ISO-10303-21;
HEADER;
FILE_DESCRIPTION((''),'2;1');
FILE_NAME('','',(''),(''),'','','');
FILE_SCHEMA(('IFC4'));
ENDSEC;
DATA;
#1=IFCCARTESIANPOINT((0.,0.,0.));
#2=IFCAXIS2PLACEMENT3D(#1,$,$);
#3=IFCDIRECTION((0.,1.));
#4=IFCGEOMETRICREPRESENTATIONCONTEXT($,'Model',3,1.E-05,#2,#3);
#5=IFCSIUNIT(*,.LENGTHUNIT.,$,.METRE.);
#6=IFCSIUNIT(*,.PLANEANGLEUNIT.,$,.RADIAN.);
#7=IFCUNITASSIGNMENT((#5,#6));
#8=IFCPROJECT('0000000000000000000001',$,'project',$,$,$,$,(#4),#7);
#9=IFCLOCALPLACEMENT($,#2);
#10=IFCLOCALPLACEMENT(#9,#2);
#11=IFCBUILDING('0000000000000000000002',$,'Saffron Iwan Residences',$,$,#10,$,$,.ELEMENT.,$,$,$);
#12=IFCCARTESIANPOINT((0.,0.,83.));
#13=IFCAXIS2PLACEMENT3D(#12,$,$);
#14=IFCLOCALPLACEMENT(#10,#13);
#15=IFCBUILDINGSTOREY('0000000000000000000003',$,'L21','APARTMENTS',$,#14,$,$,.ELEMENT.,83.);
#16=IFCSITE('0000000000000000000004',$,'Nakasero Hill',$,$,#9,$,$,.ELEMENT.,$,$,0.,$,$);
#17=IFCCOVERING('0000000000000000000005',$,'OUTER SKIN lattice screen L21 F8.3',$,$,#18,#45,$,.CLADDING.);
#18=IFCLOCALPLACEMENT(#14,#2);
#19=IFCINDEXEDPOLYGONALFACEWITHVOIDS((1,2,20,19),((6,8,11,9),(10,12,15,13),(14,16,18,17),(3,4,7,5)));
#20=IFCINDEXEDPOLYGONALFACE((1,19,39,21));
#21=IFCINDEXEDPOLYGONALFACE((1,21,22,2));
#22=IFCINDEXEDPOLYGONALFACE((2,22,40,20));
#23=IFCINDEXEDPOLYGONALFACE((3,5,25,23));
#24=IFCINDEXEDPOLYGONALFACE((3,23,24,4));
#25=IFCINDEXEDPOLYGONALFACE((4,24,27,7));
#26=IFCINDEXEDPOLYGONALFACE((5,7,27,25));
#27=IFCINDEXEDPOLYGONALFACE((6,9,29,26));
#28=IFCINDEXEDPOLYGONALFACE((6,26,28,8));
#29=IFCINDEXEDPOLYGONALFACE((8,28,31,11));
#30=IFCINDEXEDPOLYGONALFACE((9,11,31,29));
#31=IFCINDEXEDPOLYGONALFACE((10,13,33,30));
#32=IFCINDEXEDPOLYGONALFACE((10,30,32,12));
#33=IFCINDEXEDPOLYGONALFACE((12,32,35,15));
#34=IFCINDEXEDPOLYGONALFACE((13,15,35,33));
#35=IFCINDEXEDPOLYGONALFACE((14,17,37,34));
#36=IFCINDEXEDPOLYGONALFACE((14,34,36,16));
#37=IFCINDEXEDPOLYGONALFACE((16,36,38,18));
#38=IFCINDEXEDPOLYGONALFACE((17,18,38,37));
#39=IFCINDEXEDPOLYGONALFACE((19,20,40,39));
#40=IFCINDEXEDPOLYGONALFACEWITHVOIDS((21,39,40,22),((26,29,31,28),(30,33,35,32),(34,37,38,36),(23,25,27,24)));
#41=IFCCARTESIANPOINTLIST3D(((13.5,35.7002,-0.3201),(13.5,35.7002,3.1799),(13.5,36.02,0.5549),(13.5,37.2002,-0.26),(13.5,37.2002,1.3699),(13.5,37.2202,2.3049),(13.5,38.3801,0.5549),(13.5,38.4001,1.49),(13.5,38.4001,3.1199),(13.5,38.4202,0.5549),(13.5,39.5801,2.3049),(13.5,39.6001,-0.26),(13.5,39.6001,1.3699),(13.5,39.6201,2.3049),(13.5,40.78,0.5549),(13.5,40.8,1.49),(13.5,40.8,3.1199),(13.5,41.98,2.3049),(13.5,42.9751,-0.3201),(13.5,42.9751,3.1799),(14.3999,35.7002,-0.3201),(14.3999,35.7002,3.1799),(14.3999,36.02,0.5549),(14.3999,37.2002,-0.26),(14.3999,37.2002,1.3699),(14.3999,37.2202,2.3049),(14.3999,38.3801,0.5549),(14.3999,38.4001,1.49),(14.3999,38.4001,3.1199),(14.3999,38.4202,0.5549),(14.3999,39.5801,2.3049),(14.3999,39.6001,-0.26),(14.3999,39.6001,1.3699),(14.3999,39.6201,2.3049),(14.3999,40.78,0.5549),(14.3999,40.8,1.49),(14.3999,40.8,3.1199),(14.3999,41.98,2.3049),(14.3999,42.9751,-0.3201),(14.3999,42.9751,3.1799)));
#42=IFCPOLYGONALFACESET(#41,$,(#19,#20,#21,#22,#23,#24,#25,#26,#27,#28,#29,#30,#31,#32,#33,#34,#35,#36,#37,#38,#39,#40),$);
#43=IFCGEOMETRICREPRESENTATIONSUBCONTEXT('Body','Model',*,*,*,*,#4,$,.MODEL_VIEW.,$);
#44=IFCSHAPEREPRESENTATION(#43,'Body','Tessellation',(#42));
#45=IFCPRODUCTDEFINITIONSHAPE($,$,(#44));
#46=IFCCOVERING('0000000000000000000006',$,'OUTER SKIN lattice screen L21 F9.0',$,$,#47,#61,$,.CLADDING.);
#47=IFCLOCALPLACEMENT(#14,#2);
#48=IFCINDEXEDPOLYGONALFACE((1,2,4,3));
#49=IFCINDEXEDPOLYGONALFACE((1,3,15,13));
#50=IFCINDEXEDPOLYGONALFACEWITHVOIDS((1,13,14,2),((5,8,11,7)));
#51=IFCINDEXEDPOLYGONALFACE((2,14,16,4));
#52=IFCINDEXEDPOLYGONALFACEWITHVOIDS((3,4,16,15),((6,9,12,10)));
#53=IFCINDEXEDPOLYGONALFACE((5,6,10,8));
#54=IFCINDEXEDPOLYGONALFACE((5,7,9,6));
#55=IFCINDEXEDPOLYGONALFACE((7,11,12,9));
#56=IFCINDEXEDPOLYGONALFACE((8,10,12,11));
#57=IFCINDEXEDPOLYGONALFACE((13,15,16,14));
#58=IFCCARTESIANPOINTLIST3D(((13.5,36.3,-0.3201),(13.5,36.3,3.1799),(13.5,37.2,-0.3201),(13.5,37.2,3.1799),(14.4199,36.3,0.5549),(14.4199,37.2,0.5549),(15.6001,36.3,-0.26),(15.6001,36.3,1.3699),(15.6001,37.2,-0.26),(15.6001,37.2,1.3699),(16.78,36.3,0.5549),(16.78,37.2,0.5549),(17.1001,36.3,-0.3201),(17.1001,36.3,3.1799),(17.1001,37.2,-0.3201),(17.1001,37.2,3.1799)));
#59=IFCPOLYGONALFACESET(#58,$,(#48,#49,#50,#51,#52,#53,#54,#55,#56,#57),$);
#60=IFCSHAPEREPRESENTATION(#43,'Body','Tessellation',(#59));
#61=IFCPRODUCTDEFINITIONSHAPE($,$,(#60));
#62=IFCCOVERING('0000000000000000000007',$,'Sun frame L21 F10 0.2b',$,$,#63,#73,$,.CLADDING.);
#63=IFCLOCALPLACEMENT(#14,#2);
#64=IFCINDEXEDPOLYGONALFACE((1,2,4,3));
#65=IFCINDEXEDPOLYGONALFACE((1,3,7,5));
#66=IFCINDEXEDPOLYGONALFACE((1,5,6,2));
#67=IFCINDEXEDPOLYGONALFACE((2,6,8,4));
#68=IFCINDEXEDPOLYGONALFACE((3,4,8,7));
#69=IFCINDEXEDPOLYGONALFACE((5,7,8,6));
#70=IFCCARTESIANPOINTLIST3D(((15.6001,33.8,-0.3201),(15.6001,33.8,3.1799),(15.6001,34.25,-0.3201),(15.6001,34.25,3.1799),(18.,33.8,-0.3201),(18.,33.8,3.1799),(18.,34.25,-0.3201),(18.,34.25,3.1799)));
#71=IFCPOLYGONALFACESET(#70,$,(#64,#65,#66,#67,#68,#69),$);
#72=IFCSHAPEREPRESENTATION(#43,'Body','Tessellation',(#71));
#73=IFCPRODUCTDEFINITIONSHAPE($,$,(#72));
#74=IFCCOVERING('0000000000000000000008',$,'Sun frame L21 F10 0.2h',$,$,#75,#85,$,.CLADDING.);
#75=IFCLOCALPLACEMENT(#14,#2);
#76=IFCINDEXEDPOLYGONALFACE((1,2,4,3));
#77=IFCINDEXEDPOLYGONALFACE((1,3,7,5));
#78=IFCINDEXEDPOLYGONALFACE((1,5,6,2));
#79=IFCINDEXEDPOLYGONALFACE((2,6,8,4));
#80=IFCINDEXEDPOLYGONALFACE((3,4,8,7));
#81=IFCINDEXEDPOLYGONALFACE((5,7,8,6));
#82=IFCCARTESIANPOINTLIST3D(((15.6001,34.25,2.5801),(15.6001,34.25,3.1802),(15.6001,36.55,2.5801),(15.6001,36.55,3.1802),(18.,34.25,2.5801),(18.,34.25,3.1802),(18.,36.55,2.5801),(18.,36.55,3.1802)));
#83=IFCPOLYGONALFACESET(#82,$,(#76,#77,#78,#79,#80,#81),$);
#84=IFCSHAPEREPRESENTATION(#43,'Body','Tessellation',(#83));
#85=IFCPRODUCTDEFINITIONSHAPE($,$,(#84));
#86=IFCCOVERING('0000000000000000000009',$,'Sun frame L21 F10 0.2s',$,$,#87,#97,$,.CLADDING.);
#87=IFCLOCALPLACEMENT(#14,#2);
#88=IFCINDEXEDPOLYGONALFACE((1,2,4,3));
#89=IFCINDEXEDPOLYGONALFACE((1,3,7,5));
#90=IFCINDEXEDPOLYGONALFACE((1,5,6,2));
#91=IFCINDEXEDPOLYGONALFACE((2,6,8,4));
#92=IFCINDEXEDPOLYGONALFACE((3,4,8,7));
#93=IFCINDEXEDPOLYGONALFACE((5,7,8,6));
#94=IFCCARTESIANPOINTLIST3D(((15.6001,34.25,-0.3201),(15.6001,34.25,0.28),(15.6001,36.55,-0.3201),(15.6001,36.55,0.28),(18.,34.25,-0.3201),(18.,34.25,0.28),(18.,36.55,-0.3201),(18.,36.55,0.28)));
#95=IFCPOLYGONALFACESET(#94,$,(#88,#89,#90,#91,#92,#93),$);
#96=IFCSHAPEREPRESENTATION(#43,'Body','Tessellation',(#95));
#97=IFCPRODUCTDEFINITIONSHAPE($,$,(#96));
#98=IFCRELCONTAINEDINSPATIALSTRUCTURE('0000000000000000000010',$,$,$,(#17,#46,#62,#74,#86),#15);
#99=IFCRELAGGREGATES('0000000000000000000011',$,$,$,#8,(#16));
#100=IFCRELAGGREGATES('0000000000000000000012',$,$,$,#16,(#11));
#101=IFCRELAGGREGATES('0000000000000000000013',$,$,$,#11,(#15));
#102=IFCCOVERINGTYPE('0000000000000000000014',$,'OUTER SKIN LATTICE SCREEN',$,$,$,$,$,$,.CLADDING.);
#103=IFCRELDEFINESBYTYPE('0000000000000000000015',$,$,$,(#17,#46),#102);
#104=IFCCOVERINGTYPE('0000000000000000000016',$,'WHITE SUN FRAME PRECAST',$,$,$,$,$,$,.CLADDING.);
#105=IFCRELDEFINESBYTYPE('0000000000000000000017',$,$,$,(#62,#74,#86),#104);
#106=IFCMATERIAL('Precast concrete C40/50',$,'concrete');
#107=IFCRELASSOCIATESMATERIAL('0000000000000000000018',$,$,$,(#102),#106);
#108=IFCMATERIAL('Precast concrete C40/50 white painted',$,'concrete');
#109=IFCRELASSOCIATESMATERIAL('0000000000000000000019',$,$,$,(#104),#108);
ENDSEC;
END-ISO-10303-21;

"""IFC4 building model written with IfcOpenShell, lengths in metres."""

from ifc_helpers import new_model, si_unit, direction, frame, origin, place, context, subcontext, project, spatial, polyline, outline, extrude, material, type_object, element, save


model = new_model("IFC4")

# Units and contexts
model_context = context("Model", 3, precision=1e-05, world=origin(), true_north=direction((0.0, 1.0)))
body_context = subcontext(model_context, "Body", "Model", "MODEL_VIEW")
ifc_project = project(units=[si_unit("LENGTHUNIT", "METRE"), si_unit("PLANEANGLEUNIT", "RADIAN")], contexts=[model_context])

# Site, building, storey
site_placement = place(None, origin())
site = spatial("IfcSite", under=ifc_project, at=site_placement, Name="Nakasero Hill", CompositionType="ELEMENT", RefElevation=0.0)
building_placement = place(site_placement, origin())
building = spatial("IfcBuilding", under=site, at=building_placement, Name="Saffron Iwan Residences", CompositionType="ELEMENT")
storey_placement = place(building_placement, frame((0.0, 0.0, 83.0)))
storey = spatial("IfcBuildingStorey", under=building, at=storey_placement, Name="L21", Description="APARTMENTS", CompositionType="ELEMENT", Elevation=83.0)

# Coverings
ifc_material_1 = material(Name="Precast concrete C40/50", Category="concrete")
covering_type_1 = type_object("IfcCoveringType", Name="OUTER SKIN LATTICE SCREEN", PredefinedType="CLADDING", material=ifc_material_1)
covering_1_placement = place(storey_placement, frame((14.3999, 42.9751, -0.3201), z_axis=(-1.0, 0.0, 0.0), x_axis=(0.0, -1.0, 0.0)))
element("IfcCovering", 1, at=covering_1_placement, inside=storey, type_object=covering_type_1, Name="OUTER SKIN lattice screen L21 F8.3", PredefinedType="CLADDING", context=body_context, shape_type="SweptSolid", body=[
    extrude(outline(polyline([(0.0, 0.0), (7.2749, 0.0), (7.2749, 3.5), (0.0, 3.5), (0.0, 0.0)]), holes=[polyline([(2.1951, 0.875), (3.375, 0.0601), (4.5549, 0.875), (3.375, 1.6899), (2.1951, 0.875)]), polyline([(4.595, 0.875), (5.7749, 0.0601), (6.9551, 0.875), (5.7749, 1.6899), (4.595, 0.875)]), polyline([(0.9951, 2.625), (2.175, 1.8101), (3.355, 2.625), (2.175, 3.4399), (0.9951, 2.625)]), polyline([(3.395, 2.625), (4.575, 1.8101), (5.7549, 2.625), (4.575, 3.4399), (3.395, 2.625)])]), origin(), (0.0, 0.0, 1.0), 0.8999),
])
covering_2_placement = place(storey_placement, frame((13.5, 37.2, -0.3201), z_axis=(0.0, -1.0, 0.0), x_axis=(1.0, 0.0, 0.0)))
element("IfcCovering", 2, at=covering_2_placement, inside=storey, type_object=covering_type_1, Name="OUTER SKIN lattice screen L21 F9.0", PredefinedType="CLADDING", context=body_context, shape_type="SweptSolid", body=[
    extrude(outline(polyline([(0.0, 0.0), (3.6001, 0.0), (3.6001, 3.5), (0.0, 3.5), (0.0, 0.0)]), holes=[polyline([(0.9199, 0.875), (2.1001, 0.0601), (3.28, 0.875), (2.1001, 1.6899), (0.9199, 0.875)])]), origin(), (0.0, 0.0, 1.0), 0.8999),
])
ifc_material_2 = material(Name="Precast concrete C40/50 white painted", Category="concrete")
covering_type_2 = type_object("IfcCoveringType", Name="WHITE SUN FRAME PRECAST", PredefinedType="CLADDING", material=ifc_material_2)
covering_3_placement = place(storey_placement, frame((18.0, 34.25, -0.3201), z_axis=(-1.0, 0.0, 0.0), x_axis=(0.0, -1.0, 0.0)))
element("IfcCovering", 3, at=covering_3_placement, inside=storey, type_object=covering_type_2, Name="Sun frame L21 F10 0.2b", PredefinedType="CLADDING", context=body_context, shape_type="SweptSolid", body=[
    extrude(outline(polyline([(0.0, 0.0), (0.45, 0.0), (0.45, 3.5), (0.0, 3.5), (0.0, 0.0)])), origin(), (0.0, 0.0, 1.0), 2.3999),
])
for number, where, z_axis, x_axis, name in (
    (4, (18.0, 36.55, 2.5801), (-1.0, 0.0, 0.0), (0.0, -1.0, 0.0), "Sun frame L21 F10 0.2h"),
    (5, (18.0, 36.55, -0.3201), (-1.0, 0.0, 0.0), (0.0, -1.0, 0.0), "Sun frame L21 F10 0.2s"),
):
    element("IfcCovering", number, at=place(storey_placement, frame(where, z_axis=z_axis, x_axis=x_axis)), inside=storey, type_object=covering_type_2, Name=name, PredefinedType="CLADDING", context=body_context, shape_type="SweptSolid", body=[
        extrude(outline(polyline([(0.0, 0.0), (2.3, 0.0), (2.3, 0.6001), (0.0, 0.6001), (0.0, 0.0)])), origin(), (0.0, 0.0, 1.0), 2.3999),
    ])

save(model, "model.ifc")
